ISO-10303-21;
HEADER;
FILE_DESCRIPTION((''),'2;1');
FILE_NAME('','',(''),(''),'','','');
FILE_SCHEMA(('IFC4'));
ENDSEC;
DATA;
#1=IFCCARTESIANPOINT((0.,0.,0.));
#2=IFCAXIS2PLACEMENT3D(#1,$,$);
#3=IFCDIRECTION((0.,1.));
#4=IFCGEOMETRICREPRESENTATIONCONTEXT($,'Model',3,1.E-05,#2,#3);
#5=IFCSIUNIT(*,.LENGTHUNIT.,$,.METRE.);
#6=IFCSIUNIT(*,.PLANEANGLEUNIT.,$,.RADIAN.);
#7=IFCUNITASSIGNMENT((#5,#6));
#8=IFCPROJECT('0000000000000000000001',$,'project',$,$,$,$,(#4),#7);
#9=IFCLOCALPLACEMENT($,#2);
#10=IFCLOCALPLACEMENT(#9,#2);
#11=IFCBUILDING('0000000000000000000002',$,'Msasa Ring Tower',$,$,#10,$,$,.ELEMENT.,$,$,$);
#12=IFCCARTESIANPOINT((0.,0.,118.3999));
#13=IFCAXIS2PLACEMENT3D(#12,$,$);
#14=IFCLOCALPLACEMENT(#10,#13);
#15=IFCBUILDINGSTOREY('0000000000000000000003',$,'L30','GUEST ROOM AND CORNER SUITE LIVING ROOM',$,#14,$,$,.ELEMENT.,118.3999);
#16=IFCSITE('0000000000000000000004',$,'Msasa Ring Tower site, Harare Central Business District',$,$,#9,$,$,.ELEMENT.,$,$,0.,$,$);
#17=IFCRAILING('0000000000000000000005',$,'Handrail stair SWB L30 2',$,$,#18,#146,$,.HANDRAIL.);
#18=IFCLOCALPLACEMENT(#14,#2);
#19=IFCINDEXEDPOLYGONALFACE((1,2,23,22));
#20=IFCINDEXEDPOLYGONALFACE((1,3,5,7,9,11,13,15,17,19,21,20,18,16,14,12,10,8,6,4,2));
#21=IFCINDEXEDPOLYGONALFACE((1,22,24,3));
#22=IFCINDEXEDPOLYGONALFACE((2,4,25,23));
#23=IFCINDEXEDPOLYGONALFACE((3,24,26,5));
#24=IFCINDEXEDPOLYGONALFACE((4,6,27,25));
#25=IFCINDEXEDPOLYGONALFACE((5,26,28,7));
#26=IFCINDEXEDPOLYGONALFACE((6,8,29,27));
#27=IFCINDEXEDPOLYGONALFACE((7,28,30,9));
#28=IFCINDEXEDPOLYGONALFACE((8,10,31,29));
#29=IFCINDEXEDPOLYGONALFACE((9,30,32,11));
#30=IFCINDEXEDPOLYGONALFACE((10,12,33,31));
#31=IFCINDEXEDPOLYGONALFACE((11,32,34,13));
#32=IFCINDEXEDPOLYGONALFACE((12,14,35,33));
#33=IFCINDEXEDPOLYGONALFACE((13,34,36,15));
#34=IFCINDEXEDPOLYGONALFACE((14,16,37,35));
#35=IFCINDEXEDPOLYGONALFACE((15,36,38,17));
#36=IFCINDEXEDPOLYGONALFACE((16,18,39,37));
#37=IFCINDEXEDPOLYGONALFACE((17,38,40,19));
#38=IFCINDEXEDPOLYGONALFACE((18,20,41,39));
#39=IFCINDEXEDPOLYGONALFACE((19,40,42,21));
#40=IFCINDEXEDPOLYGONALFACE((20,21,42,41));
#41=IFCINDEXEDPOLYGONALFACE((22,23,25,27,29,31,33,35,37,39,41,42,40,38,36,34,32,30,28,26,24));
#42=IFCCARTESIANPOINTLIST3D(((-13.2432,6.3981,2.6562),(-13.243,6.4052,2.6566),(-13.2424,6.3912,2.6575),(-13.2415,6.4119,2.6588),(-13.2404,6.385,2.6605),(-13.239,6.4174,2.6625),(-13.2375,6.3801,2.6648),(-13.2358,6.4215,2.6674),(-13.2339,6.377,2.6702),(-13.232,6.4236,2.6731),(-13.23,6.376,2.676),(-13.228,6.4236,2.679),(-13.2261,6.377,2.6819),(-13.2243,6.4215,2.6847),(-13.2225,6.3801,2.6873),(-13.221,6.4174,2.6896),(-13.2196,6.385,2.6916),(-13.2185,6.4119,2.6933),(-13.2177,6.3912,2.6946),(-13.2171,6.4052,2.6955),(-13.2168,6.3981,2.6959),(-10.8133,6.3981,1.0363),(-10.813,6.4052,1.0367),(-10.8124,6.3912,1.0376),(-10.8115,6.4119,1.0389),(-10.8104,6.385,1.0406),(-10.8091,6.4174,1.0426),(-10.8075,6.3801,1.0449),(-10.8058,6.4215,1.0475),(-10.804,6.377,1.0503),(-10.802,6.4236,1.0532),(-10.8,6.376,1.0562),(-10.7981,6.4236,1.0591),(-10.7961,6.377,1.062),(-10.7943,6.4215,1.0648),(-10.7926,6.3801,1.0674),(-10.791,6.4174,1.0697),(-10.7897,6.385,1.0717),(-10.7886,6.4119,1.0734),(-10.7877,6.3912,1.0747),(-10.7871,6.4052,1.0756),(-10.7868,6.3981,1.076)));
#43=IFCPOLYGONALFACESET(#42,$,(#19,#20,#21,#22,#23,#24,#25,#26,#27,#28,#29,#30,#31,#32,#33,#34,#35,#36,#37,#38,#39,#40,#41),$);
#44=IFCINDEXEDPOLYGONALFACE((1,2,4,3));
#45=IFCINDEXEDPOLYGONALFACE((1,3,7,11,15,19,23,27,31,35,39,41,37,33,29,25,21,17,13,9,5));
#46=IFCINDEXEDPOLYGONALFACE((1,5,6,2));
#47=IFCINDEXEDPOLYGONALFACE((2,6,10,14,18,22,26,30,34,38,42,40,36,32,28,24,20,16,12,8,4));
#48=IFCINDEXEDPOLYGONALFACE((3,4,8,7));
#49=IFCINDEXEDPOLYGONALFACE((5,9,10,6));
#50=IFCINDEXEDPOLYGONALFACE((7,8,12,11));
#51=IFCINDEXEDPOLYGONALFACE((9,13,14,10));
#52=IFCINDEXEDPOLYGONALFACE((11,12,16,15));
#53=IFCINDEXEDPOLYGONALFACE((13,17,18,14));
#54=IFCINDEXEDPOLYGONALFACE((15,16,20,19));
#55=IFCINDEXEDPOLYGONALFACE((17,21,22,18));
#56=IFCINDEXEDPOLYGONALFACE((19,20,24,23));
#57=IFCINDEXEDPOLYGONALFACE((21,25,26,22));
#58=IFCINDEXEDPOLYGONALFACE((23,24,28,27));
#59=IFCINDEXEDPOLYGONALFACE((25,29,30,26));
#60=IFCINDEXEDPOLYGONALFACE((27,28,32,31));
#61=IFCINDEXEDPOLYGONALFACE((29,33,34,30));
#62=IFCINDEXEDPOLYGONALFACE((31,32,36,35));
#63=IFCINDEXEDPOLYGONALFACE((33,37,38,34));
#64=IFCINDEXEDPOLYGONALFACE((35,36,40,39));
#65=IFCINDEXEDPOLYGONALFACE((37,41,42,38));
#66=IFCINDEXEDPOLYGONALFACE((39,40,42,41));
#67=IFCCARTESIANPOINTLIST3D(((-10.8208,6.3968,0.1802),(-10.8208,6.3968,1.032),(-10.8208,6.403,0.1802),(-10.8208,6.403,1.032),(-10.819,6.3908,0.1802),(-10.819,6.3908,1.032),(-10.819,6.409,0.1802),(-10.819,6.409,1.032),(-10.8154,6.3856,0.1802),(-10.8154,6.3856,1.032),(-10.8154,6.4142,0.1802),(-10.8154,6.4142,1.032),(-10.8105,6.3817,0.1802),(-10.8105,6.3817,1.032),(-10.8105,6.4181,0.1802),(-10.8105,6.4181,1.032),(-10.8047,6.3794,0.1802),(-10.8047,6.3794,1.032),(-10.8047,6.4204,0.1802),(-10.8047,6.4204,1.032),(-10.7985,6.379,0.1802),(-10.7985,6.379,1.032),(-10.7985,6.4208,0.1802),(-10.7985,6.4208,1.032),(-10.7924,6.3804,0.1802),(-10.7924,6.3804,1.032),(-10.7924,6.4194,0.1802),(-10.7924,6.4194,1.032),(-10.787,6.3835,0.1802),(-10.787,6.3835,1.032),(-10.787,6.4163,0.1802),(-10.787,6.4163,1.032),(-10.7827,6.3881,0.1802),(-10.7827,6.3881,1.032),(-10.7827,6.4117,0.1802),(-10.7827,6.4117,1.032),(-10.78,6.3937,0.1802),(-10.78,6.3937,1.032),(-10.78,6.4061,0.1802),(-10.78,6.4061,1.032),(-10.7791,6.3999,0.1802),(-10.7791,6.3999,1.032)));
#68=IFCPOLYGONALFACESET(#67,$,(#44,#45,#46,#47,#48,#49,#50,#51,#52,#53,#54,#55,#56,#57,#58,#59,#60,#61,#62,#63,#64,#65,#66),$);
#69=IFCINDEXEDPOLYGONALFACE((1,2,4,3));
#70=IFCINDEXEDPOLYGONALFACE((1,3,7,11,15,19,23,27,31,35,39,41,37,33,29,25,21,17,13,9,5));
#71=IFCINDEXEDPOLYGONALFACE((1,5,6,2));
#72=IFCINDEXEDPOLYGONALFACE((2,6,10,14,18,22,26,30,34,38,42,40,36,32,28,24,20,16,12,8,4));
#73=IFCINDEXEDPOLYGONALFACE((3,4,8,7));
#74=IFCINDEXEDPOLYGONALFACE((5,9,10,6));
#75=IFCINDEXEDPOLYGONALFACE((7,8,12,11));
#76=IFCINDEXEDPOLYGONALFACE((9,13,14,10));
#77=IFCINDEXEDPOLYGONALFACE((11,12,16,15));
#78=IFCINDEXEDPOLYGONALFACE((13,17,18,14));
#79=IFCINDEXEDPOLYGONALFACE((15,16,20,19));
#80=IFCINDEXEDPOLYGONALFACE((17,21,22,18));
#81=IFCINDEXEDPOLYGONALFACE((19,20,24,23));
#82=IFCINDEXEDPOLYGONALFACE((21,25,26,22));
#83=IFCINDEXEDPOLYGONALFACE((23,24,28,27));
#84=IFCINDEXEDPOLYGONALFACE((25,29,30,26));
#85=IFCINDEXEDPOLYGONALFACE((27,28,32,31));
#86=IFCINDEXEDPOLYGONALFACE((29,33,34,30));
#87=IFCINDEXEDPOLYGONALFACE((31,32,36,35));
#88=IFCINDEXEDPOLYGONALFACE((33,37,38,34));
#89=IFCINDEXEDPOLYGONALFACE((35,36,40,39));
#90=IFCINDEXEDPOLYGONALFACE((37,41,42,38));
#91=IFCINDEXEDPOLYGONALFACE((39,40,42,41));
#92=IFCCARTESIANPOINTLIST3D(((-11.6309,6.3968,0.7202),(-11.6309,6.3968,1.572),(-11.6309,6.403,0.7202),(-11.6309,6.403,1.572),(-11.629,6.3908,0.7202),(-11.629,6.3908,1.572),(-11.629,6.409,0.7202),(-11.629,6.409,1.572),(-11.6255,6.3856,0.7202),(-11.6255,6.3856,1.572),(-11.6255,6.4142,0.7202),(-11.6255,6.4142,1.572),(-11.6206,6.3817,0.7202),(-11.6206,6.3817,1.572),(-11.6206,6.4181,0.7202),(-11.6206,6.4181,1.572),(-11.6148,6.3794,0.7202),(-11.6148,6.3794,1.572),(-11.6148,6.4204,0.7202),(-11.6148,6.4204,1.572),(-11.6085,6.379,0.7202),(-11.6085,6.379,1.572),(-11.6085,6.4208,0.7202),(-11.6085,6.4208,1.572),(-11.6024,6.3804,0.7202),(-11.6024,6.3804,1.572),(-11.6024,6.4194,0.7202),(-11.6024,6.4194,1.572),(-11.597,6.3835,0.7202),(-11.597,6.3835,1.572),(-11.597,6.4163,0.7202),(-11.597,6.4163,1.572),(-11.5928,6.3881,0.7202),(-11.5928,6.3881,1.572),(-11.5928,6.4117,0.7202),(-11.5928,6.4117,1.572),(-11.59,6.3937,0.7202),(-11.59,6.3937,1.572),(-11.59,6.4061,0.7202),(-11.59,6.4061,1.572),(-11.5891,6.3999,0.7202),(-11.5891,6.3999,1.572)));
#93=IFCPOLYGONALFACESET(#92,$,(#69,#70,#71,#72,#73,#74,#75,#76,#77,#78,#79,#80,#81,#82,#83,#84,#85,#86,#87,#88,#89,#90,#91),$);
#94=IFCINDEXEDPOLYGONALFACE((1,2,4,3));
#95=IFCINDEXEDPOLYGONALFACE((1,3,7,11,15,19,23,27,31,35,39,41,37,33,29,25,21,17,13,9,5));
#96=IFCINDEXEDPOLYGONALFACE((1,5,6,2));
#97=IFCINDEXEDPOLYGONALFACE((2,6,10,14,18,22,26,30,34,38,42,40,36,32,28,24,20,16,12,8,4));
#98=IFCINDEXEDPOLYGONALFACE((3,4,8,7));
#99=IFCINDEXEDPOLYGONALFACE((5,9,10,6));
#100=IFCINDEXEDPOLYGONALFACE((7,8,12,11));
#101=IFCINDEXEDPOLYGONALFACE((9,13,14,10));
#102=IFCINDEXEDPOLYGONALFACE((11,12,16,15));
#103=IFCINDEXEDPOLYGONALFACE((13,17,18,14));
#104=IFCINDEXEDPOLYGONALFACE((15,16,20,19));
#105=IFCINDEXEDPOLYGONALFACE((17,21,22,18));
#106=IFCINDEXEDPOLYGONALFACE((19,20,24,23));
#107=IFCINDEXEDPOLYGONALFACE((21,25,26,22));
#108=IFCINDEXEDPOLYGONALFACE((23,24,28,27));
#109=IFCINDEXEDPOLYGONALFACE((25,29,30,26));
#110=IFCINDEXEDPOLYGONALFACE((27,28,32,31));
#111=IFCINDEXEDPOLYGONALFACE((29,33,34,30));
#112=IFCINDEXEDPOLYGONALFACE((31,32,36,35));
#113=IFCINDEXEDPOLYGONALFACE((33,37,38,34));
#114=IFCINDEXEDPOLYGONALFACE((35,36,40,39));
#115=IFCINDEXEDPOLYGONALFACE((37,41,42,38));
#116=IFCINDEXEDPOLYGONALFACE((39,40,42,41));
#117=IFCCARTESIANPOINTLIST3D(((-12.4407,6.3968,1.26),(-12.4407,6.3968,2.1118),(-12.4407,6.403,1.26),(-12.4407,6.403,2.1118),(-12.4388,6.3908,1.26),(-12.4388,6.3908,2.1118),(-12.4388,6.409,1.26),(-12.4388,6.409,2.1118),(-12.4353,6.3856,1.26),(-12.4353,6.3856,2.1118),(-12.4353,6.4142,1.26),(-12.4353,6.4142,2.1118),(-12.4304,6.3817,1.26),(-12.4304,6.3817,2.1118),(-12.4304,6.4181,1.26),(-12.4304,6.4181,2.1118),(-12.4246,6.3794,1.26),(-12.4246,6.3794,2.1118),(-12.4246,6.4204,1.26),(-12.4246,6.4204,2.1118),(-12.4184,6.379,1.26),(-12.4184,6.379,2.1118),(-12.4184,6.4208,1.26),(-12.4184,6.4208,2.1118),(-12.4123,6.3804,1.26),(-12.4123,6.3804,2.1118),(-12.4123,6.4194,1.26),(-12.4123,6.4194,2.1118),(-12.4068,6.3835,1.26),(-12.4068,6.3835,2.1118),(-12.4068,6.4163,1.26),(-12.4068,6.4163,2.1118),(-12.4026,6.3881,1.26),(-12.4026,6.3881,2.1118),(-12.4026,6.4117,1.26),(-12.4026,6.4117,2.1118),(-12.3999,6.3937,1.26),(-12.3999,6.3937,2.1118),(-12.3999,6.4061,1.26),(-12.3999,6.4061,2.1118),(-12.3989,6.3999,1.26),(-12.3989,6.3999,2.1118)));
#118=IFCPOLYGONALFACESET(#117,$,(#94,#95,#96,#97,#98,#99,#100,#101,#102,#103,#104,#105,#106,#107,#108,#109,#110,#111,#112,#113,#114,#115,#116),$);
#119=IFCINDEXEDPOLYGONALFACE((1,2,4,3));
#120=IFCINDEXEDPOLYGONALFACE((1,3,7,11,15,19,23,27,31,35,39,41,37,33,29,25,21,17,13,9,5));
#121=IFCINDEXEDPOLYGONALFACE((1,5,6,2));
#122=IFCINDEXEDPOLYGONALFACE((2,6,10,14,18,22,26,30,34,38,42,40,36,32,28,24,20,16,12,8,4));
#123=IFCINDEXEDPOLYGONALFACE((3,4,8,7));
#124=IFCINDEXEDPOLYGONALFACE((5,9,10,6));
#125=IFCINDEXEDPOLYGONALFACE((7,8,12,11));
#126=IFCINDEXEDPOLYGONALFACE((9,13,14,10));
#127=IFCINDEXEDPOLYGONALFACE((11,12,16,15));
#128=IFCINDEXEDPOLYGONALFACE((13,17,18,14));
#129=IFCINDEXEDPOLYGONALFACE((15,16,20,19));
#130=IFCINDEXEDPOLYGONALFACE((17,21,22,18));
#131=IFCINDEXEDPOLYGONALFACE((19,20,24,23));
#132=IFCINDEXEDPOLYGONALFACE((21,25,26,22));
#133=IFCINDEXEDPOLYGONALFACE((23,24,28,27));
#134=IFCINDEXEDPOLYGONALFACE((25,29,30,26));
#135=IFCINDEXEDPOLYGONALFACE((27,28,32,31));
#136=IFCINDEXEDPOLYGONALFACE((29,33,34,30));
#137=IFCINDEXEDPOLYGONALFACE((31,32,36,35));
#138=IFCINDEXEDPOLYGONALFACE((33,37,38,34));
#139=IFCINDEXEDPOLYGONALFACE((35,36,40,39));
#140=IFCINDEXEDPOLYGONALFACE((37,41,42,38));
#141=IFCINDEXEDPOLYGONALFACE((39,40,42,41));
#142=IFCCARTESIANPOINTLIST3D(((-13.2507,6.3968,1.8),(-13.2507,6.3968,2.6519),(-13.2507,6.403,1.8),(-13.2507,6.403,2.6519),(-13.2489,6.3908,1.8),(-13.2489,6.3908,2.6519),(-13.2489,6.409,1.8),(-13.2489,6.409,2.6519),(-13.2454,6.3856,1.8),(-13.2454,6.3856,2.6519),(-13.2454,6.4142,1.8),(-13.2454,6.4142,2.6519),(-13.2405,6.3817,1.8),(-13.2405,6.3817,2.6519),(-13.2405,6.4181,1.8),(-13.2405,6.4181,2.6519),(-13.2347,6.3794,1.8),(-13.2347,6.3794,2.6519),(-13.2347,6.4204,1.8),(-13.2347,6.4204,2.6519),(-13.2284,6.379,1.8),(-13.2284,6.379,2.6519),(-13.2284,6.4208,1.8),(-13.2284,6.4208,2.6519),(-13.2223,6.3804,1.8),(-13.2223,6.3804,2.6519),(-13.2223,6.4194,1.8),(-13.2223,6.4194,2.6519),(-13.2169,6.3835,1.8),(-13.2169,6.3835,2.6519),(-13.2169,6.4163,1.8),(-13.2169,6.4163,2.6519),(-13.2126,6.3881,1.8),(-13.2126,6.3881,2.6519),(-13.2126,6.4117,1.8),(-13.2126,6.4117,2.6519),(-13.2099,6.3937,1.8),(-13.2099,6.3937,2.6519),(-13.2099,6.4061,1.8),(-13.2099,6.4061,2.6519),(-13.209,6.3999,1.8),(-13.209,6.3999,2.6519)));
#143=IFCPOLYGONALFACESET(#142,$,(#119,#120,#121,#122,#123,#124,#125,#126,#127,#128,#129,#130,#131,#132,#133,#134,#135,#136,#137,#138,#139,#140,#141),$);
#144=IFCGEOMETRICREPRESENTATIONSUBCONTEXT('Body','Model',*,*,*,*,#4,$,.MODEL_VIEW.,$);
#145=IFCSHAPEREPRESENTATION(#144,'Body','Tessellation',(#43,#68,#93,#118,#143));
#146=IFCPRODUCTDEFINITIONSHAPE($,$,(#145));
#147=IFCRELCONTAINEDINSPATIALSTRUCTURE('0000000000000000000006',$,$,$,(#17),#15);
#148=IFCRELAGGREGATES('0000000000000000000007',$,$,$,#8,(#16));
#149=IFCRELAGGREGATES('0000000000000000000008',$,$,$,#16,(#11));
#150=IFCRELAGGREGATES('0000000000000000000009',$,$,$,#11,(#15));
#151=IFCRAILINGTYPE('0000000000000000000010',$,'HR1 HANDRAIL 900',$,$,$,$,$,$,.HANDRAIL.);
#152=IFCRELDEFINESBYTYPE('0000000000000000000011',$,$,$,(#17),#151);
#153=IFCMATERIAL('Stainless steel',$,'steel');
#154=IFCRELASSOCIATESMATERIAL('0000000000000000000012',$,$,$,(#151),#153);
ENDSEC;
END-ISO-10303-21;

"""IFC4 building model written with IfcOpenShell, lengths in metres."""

from ifc_helpers import new_model, si_unit, direction, frame, origin, origin_2d, place, context, subcontext, project, spatial, circle, extrude, material, type_object, element, save


model = new_model("IFC4")

# Units and contexts
model_context = context("Model", 3, precision=1e-05, world=origin(), true_north=direction((0.0, 1.0)))
body_context = subcontext(model_context, "Body", "Model", "MODEL_VIEW")
ifc_project = project(units=[si_unit("LENGTHUNIT", "METRE"), si_unit("PLANEANGLEUNIT", "RADIAN")], contexts=[model_context])

# Site, building, storey
site_placement = place(None, origin())
site = spatial("IfcSite", under=ifc_project, at=site_placement, Name="Msasa Ring Tower site, Harare Central Business District", CompositionType="ELEMENT", RefElevation=0.0)
building_placement = place(site_placement, origin())
building = spatial("IfcBuilding", under=site, at=building_placement, Name="Msasa Ring Tower", CompositionType="ELEMENT")
storey_placement = place(building_placement, frame((0.0, 0.0, 118.3999)))
storey = spatial("IfcBuildingStorey", under=building, at=storey_placement, Name="L30", Description="GUEST ROOM AND CORNER SUITE LIVING ROOM", CompositionType="ELEMENT", Elevation=118.3999)

# Railing
ifc_material_1 = material(Name="Stainless steel", Category="steel")
railing_type = type_object("IfcRailingType", Name="HR1 HANDRAIL 900", PredefinedType="HANDRAIL", material=ifc_material_1)
for number, where, name in (
    (1, (-10.8, 6.3999, 0.1802), "Handrail stair SWB L30 2"),
):
    element("IfcRailing", number, at=place(storey_placement, frame(where)), inside=storey, type_object=railing_type, Name=name, PredefinedType="HANDRAIL", context=body_context, shape_type="SweptSolid", body=[
        extrude(circle(Radius=0.0239, at=origin_2d()), frame((0.0, 0.0, 0.876), z_axis=(-0.832063, 0.0, 0.554681), x_axis=(0.0, -1.0, 0.0)), (0.0, 0.0, 1.0), 2.9204),
        extrude(circle(Radius=0.021, at=origin_2d()), origin(), (0.0, 0.0, 1.0), 0.8518),
        extrude(circle(Radius=0.021, at=origin_2d()), frame((-0.8101, 0.0, 0.54)), (0.0, 0.0, 1.0), 0.8518),
        extrude(circle(Radius=0.021, at=origin_2d()), frame((-1.6199, 0.0, 1.0798)), (0.0, 0.0, 1.0), 0.8518),
        extrude(circle(Radius=0.021, at=origin_2d()), frame((-2.4299, 0.0, 1.6199)), (0.0, 0.0, 1.0), 0.8518),
    ])

save(model, "model.ifc")
